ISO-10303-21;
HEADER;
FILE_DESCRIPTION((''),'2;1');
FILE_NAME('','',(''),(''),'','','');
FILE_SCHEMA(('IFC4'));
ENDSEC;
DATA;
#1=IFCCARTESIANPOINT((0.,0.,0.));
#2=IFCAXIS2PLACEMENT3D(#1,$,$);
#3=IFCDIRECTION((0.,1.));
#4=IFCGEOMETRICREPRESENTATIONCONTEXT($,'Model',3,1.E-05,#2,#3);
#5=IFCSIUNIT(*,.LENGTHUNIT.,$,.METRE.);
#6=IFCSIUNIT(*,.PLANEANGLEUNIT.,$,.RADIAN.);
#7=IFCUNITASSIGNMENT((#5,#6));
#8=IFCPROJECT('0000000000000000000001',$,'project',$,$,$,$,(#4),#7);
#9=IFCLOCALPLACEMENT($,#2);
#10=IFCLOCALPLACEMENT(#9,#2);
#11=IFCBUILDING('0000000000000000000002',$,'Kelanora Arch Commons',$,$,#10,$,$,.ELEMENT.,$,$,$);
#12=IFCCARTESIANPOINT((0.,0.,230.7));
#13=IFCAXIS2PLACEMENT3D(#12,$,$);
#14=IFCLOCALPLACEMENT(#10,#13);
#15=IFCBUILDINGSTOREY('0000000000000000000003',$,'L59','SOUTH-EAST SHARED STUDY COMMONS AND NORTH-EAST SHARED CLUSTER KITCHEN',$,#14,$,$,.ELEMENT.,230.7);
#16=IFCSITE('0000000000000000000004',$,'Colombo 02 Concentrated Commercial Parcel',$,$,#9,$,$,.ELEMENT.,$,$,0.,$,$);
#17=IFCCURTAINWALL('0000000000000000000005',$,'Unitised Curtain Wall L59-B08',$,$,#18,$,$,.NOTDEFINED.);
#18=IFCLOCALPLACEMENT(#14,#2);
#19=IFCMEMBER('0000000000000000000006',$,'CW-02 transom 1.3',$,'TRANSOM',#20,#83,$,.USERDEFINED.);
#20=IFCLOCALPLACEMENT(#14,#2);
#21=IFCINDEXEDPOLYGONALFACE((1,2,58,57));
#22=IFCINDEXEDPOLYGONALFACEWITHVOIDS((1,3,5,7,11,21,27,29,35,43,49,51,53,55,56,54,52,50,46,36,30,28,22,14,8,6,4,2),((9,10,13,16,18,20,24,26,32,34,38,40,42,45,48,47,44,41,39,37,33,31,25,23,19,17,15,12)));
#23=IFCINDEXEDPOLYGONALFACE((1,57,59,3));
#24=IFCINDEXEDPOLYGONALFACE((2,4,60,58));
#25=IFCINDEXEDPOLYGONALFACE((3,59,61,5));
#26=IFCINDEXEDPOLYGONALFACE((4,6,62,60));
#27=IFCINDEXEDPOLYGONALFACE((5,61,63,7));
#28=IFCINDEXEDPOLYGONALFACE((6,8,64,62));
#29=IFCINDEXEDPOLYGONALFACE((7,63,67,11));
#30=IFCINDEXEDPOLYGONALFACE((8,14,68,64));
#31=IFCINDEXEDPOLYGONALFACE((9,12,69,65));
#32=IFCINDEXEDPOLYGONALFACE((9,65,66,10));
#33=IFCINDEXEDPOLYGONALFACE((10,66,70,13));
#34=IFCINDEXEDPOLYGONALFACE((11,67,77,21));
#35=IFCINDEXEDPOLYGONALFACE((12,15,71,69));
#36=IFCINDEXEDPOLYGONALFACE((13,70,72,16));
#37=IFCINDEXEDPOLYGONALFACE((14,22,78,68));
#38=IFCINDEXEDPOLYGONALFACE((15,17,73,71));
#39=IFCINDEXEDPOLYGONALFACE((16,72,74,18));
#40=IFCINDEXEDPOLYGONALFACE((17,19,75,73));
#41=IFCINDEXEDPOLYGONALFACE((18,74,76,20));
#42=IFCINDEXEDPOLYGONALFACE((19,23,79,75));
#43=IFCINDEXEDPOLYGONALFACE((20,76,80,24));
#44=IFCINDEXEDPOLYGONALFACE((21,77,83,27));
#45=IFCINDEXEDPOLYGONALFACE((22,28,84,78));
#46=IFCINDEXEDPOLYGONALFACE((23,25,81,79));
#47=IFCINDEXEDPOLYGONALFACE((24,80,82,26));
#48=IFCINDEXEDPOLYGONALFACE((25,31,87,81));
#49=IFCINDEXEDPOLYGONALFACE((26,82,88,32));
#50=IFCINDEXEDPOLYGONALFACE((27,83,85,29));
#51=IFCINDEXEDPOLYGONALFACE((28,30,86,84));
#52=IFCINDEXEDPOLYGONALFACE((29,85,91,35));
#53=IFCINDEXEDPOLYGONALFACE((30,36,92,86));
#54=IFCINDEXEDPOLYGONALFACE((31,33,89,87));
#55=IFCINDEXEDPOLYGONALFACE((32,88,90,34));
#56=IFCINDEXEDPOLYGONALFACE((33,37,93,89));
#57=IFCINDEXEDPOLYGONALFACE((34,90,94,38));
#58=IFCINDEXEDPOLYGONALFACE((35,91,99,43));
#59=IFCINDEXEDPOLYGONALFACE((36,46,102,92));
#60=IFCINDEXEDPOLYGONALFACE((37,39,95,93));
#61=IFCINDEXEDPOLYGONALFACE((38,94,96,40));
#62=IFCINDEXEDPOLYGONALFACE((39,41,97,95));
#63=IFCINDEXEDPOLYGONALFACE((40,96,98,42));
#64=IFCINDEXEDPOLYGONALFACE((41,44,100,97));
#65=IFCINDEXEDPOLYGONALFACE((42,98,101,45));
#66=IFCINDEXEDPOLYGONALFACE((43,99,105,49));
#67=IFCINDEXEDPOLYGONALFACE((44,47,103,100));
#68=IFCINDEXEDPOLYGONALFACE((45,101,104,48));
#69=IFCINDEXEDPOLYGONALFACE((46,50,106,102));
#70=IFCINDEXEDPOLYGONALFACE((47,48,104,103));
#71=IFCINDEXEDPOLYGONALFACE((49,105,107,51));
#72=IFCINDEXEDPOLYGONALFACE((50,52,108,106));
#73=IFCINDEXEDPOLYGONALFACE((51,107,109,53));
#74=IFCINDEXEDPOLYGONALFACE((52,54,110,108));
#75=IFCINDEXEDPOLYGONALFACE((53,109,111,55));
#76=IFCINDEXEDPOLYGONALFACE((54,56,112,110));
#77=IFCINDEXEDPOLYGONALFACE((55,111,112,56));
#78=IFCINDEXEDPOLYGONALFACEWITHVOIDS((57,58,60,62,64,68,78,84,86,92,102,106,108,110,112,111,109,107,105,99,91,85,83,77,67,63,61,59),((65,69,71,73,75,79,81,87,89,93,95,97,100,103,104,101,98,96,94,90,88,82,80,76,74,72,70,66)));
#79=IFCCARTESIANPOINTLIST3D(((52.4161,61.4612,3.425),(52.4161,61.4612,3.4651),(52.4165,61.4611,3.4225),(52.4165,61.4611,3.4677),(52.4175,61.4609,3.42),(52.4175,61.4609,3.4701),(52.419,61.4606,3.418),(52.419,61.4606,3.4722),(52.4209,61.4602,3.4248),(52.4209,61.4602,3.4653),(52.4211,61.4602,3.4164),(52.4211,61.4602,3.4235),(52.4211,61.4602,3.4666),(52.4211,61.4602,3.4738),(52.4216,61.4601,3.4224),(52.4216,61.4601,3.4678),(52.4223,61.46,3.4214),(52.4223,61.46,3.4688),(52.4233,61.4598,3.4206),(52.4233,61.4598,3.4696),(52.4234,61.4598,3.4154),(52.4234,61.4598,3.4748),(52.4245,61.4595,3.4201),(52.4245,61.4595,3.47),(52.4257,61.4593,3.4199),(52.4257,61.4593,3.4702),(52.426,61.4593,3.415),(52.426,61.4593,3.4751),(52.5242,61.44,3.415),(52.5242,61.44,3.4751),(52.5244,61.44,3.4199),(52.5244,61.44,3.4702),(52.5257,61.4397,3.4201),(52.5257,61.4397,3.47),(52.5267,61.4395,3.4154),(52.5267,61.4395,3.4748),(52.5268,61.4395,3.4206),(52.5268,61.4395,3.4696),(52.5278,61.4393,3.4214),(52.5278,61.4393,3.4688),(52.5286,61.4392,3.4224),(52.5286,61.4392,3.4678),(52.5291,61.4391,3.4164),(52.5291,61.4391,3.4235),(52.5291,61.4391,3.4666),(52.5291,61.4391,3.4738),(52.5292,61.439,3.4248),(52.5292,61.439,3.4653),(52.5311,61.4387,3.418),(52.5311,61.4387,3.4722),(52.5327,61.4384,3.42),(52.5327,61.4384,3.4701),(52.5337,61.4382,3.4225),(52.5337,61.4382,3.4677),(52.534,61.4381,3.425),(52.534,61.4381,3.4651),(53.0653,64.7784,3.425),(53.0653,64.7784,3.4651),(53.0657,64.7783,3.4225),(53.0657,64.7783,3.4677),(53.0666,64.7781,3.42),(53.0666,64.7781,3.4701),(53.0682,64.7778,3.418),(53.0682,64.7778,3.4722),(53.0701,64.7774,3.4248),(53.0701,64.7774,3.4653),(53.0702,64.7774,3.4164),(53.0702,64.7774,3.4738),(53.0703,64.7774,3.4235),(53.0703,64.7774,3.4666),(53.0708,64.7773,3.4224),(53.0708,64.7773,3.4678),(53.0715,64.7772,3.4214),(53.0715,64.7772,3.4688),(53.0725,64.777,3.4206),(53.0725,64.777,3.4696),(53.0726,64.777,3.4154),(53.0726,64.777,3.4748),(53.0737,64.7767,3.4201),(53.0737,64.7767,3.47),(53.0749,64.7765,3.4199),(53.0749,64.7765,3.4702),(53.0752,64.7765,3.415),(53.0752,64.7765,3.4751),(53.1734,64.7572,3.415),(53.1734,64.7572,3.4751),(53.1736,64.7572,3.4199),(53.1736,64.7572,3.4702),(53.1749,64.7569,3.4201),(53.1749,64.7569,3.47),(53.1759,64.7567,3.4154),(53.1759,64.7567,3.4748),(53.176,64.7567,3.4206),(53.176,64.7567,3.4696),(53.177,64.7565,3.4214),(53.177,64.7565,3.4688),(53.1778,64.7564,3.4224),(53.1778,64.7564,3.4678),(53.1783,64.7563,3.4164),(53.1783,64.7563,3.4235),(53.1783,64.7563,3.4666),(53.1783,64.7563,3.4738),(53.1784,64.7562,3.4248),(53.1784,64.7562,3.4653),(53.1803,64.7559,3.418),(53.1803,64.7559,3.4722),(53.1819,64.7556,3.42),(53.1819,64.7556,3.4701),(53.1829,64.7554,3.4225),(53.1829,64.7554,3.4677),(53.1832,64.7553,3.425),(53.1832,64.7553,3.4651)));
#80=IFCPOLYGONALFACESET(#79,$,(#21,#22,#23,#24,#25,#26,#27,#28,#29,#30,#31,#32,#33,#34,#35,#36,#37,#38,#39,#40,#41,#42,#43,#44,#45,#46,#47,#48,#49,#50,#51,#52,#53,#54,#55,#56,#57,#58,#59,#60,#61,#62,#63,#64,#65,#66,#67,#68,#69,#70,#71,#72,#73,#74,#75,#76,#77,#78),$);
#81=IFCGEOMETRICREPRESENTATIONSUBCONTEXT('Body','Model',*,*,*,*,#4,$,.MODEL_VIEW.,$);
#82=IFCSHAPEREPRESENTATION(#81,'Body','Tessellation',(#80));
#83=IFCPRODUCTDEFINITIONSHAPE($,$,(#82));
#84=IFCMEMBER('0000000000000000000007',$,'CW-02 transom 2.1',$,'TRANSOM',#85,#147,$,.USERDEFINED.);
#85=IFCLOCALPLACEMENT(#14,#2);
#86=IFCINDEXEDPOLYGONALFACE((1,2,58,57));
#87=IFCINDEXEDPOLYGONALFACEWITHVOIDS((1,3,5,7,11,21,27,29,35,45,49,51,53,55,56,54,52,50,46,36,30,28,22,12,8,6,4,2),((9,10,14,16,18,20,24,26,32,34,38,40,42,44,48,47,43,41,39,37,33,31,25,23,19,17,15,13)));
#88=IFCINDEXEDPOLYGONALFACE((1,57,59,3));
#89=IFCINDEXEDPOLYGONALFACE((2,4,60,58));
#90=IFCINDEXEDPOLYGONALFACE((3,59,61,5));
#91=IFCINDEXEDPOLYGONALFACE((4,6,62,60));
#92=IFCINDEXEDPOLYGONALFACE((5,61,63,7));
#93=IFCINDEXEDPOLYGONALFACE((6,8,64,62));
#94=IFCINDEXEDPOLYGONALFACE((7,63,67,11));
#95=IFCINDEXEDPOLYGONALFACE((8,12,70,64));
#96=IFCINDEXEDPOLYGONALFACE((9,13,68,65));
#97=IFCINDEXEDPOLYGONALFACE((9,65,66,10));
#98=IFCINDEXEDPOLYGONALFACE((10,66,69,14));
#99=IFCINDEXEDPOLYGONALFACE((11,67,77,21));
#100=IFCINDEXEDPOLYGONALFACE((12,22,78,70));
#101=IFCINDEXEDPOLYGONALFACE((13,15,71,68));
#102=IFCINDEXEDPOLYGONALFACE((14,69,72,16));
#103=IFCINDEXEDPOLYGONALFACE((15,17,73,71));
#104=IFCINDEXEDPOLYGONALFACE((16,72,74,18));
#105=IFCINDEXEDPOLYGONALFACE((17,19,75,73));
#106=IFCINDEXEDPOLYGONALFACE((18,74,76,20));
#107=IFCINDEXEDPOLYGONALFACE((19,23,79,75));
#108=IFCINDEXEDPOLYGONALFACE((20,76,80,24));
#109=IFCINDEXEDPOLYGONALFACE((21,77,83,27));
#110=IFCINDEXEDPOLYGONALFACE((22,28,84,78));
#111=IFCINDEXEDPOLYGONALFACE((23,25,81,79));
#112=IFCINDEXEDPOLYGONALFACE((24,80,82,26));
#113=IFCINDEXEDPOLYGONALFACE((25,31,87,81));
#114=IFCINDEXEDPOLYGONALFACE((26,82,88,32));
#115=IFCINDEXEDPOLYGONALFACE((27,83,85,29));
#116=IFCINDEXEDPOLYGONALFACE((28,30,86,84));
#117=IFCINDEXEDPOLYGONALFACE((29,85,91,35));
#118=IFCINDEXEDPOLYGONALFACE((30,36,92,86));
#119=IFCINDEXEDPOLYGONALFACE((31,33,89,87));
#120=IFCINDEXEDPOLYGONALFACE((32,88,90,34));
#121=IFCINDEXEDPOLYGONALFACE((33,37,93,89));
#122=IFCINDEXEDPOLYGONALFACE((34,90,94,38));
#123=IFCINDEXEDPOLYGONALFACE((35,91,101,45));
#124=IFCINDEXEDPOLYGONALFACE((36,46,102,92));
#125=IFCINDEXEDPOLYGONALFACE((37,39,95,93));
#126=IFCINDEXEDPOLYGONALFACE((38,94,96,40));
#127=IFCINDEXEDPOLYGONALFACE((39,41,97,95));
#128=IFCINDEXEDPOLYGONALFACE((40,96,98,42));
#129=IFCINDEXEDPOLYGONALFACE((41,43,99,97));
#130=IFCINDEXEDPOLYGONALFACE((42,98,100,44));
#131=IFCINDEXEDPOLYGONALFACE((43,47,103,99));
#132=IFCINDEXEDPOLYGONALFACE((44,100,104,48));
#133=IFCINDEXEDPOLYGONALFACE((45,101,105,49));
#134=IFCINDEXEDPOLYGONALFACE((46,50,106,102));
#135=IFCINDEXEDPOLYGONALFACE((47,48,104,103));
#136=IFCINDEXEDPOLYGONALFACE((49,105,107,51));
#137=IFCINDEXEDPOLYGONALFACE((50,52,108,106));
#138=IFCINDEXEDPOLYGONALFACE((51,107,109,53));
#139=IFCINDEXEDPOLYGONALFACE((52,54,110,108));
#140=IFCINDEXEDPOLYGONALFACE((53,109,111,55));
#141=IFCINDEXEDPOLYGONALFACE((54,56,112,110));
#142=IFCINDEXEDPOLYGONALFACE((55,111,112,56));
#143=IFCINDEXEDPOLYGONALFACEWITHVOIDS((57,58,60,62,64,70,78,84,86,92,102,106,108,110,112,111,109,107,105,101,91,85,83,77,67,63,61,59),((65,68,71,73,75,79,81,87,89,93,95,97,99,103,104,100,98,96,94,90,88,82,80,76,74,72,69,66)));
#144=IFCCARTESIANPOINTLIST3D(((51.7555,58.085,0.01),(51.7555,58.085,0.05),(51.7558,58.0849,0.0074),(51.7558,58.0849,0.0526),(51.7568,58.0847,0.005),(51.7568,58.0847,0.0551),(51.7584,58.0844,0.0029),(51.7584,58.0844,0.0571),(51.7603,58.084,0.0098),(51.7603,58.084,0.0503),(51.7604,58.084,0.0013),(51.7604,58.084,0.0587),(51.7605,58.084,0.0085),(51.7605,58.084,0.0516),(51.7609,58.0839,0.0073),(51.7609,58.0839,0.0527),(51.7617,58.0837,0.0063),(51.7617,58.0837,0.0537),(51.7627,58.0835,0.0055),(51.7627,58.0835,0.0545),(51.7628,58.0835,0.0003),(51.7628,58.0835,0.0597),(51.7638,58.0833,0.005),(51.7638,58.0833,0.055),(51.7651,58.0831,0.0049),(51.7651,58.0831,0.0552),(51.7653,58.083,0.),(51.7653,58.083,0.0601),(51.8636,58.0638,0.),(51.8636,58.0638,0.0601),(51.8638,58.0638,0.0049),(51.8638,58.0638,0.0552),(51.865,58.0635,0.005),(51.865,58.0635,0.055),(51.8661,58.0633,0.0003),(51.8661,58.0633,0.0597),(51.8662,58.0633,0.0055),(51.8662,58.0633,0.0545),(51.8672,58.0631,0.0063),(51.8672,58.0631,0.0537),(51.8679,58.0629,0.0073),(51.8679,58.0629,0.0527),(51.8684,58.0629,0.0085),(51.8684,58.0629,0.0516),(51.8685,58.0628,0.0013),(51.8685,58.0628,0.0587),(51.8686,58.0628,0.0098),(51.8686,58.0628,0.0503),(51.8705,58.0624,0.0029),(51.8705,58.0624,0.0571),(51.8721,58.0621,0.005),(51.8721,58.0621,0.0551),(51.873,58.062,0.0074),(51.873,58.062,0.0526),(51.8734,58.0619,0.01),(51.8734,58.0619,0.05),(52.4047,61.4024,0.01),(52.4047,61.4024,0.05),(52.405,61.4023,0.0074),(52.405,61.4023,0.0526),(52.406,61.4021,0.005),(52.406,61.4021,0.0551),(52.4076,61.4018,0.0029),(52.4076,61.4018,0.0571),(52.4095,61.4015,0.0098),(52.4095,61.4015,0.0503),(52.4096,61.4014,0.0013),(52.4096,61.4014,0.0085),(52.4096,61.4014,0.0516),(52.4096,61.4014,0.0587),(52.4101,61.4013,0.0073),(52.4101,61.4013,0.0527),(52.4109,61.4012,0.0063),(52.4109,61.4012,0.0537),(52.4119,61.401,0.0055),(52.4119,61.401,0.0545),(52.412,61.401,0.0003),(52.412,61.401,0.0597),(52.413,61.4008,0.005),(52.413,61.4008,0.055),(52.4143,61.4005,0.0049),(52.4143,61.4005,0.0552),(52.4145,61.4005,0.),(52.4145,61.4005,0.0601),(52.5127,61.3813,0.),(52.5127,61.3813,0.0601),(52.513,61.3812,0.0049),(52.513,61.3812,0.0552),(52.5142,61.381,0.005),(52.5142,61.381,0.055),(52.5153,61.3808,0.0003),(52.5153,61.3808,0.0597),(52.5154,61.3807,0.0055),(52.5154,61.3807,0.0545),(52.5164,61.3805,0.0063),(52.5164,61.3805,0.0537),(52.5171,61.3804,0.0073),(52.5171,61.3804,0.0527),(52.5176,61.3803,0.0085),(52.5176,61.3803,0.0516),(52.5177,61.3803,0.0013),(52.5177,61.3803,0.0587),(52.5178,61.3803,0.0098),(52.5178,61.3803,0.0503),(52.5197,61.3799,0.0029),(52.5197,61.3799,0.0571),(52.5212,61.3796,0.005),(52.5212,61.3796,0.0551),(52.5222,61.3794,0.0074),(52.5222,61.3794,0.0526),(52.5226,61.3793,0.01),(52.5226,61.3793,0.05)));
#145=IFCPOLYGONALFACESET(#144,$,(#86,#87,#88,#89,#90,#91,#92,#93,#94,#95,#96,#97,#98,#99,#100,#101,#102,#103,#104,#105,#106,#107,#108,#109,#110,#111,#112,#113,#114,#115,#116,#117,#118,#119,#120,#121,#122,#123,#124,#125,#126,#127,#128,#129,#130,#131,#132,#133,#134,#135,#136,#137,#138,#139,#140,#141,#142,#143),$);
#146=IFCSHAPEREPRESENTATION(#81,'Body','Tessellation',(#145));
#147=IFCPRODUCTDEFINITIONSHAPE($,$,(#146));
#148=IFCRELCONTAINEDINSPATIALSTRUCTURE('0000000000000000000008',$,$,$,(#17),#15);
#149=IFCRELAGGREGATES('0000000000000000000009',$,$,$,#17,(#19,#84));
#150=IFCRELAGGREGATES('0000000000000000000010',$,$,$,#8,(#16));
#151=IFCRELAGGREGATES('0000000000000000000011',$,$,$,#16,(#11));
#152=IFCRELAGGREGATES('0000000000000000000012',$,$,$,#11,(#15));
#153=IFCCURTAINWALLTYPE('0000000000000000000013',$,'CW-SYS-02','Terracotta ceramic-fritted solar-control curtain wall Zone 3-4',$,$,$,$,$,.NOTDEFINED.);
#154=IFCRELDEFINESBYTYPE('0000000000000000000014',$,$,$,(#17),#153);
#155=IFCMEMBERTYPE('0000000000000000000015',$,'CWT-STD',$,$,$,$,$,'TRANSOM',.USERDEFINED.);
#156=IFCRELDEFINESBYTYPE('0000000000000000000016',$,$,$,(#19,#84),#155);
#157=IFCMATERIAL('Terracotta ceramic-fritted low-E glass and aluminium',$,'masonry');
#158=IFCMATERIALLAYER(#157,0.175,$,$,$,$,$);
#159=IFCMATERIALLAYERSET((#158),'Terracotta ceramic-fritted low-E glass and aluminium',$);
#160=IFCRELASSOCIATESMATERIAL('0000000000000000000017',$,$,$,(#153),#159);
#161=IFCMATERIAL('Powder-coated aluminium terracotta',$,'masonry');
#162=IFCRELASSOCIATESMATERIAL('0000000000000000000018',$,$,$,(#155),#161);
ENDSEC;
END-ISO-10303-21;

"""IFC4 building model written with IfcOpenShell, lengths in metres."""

from ifc_helpers import new_model, si_unit, direction, frame, origin, origin_2d, place, context, subcontext, project, spatial, hollow_rectangle, extrude, material, layer, layer_set, material_profile, profile_set, type_object, element, aggregate, save


model = new_model("IFC4")

# Units and contexts
model_context = context("Model", 3, precision=1e-05, world=origin(), true_north=direction((0.0, 1.0)))
body_context = subcontext(model_context, "Body", "Model", "MODEL_VIEW")
ifc_project = project(units=[si_unit("LENGTHUNIT", "METRE"), si_unit("PLANEANGLEUNIT", "RADIAN")], contexts=[model_context])

# Site, building, storey
site_placement = place(None, origin())
site = spatial("IfcSite", under=ifc_project, at=site_placement, Name="Colombo 02 Concentrated Commercial Parcel", CompositionType="ELEMENT", RefElevation=0.0)
building_placement = place(site_placement, origin())
building = spatial("IfcBuilding", under=site, at=building_placement, Name="Kelanora Arch Commons", CompositionType="ELEMENT")
storey_placement = place(building_placement, frame((0.0, 0.0, 230.7)))
storey = spatial("IfcBuildingStorey", under=building, at=storey_placement, Name="L59", Description="SOUTH-EAST SHARED STUDY COMMONS AND NORTH-EAST SHARED CLUSTER KITCHEN", CompositionType="ELEMENT", Elevation=230.7)

# Curtain wall, members
ifc_material_1 = material(Name="Terracotta ceramic-fritted low-E glass and aluminium", Category="masonry")
ifc_layer_1 = layer(ifc_material_1, 0.175)
ifc_layer_set_1 = layer_set([ifc_layer_1], Name="Terracotta ceramic-fritted low-E glass and aluminium")
curtain_wall_type = type_object("IfcCurtainWallType", Name="CW-SYS-02", Description="Terracotta ceramic-fritted solar-control curtain wall Zone 3-4", PredefinedType="NOTDEFINED", material=ifc_layer_set_1)
curtain_wall_placement = place(storey_placement, origin())
curtain_wall = element("IfcCurtainWall", 1, at=curtain_wall_placement, inside=storey, type_object=curtain_wall_type, Name="Unitised Curtain Wall L59-B08", PredefinedType="NOTDEFINED")
ifc_material_2 = material(Name="Powder-coated aluminium terracotta", Category="masonry")
ifc_material_profile_1 = material_profile(ifc_material_2, hollow_rectangle(XDim=0.1201, YDim=0.0601, WallThickness=0.0049, InnerFilletRadius=0.0049, OuterFilletRadius=0.01, at=origin_2d()), Name="CWT120x60")
ifc_profile_set_1 = profile_set([ifc_material_profile_1], Name="Powder-coated aluminium terracotta")
member_type_1 = type_object("IfcMemberType", Name="CWT-STD", ElementType="TRANSOM", PredefinedType="USERDEFINED", material=ifc_profile_set_1)
member_1_placement = place(storey_placement, frame((53.1243, 64.7668, 3.4451), z_axis=(-0.192058, -0.981383, 0.0), x_axis=(0.981383, -0.192058, 0.0)))
member_1 = element("IfcMember", 2, at=member_1_placement, type_object=member_type_1, Name="CW-02 transom 1.3", ObjectType="TRANSOM", PredefinedType="USERDEFINED", context=body_context, shape_type="SweptSolid", body=[
    extrude(hollow_rectangle(XDim=0.1201, YDim=0.0601, WallThickness=0.0049, InnerFilletRadius=0.0049, OuterFilletRadius=0.01, at=origin_2d()), origin(), (0.0, 0.0, 1.0), 3.3801),
])
member_2_placement = place(storey_placement, frame((52.4636, 61.3909, 0.03), z_axis=(-0.192045, -0.981386, 0.0), x_axis=(0.981386, -0.192045, 0.0)))
member_2 = element("IfcMember", 3, at=member_2_placement, type_object=member_type_1, Name="CW-02 transom 2.1", ObjectType="TRANSOM", PredefinedType="USERDEFINED", context=body_context, shape_type="SweptSolid", body=[
    extrude(hollow_rectangle(XDim=0.1201, YDim=0.0601, WallThickness=0.0049, InnerFilletRadius=0.0049, OuterFilletRadius=0.01, at=origin_2d()), origin(), (0.0, 0.0, 1.0), 3.3804),
])
aggregate(curtain_wall, [member_1, member_2])

save(model, "model.ifc")
